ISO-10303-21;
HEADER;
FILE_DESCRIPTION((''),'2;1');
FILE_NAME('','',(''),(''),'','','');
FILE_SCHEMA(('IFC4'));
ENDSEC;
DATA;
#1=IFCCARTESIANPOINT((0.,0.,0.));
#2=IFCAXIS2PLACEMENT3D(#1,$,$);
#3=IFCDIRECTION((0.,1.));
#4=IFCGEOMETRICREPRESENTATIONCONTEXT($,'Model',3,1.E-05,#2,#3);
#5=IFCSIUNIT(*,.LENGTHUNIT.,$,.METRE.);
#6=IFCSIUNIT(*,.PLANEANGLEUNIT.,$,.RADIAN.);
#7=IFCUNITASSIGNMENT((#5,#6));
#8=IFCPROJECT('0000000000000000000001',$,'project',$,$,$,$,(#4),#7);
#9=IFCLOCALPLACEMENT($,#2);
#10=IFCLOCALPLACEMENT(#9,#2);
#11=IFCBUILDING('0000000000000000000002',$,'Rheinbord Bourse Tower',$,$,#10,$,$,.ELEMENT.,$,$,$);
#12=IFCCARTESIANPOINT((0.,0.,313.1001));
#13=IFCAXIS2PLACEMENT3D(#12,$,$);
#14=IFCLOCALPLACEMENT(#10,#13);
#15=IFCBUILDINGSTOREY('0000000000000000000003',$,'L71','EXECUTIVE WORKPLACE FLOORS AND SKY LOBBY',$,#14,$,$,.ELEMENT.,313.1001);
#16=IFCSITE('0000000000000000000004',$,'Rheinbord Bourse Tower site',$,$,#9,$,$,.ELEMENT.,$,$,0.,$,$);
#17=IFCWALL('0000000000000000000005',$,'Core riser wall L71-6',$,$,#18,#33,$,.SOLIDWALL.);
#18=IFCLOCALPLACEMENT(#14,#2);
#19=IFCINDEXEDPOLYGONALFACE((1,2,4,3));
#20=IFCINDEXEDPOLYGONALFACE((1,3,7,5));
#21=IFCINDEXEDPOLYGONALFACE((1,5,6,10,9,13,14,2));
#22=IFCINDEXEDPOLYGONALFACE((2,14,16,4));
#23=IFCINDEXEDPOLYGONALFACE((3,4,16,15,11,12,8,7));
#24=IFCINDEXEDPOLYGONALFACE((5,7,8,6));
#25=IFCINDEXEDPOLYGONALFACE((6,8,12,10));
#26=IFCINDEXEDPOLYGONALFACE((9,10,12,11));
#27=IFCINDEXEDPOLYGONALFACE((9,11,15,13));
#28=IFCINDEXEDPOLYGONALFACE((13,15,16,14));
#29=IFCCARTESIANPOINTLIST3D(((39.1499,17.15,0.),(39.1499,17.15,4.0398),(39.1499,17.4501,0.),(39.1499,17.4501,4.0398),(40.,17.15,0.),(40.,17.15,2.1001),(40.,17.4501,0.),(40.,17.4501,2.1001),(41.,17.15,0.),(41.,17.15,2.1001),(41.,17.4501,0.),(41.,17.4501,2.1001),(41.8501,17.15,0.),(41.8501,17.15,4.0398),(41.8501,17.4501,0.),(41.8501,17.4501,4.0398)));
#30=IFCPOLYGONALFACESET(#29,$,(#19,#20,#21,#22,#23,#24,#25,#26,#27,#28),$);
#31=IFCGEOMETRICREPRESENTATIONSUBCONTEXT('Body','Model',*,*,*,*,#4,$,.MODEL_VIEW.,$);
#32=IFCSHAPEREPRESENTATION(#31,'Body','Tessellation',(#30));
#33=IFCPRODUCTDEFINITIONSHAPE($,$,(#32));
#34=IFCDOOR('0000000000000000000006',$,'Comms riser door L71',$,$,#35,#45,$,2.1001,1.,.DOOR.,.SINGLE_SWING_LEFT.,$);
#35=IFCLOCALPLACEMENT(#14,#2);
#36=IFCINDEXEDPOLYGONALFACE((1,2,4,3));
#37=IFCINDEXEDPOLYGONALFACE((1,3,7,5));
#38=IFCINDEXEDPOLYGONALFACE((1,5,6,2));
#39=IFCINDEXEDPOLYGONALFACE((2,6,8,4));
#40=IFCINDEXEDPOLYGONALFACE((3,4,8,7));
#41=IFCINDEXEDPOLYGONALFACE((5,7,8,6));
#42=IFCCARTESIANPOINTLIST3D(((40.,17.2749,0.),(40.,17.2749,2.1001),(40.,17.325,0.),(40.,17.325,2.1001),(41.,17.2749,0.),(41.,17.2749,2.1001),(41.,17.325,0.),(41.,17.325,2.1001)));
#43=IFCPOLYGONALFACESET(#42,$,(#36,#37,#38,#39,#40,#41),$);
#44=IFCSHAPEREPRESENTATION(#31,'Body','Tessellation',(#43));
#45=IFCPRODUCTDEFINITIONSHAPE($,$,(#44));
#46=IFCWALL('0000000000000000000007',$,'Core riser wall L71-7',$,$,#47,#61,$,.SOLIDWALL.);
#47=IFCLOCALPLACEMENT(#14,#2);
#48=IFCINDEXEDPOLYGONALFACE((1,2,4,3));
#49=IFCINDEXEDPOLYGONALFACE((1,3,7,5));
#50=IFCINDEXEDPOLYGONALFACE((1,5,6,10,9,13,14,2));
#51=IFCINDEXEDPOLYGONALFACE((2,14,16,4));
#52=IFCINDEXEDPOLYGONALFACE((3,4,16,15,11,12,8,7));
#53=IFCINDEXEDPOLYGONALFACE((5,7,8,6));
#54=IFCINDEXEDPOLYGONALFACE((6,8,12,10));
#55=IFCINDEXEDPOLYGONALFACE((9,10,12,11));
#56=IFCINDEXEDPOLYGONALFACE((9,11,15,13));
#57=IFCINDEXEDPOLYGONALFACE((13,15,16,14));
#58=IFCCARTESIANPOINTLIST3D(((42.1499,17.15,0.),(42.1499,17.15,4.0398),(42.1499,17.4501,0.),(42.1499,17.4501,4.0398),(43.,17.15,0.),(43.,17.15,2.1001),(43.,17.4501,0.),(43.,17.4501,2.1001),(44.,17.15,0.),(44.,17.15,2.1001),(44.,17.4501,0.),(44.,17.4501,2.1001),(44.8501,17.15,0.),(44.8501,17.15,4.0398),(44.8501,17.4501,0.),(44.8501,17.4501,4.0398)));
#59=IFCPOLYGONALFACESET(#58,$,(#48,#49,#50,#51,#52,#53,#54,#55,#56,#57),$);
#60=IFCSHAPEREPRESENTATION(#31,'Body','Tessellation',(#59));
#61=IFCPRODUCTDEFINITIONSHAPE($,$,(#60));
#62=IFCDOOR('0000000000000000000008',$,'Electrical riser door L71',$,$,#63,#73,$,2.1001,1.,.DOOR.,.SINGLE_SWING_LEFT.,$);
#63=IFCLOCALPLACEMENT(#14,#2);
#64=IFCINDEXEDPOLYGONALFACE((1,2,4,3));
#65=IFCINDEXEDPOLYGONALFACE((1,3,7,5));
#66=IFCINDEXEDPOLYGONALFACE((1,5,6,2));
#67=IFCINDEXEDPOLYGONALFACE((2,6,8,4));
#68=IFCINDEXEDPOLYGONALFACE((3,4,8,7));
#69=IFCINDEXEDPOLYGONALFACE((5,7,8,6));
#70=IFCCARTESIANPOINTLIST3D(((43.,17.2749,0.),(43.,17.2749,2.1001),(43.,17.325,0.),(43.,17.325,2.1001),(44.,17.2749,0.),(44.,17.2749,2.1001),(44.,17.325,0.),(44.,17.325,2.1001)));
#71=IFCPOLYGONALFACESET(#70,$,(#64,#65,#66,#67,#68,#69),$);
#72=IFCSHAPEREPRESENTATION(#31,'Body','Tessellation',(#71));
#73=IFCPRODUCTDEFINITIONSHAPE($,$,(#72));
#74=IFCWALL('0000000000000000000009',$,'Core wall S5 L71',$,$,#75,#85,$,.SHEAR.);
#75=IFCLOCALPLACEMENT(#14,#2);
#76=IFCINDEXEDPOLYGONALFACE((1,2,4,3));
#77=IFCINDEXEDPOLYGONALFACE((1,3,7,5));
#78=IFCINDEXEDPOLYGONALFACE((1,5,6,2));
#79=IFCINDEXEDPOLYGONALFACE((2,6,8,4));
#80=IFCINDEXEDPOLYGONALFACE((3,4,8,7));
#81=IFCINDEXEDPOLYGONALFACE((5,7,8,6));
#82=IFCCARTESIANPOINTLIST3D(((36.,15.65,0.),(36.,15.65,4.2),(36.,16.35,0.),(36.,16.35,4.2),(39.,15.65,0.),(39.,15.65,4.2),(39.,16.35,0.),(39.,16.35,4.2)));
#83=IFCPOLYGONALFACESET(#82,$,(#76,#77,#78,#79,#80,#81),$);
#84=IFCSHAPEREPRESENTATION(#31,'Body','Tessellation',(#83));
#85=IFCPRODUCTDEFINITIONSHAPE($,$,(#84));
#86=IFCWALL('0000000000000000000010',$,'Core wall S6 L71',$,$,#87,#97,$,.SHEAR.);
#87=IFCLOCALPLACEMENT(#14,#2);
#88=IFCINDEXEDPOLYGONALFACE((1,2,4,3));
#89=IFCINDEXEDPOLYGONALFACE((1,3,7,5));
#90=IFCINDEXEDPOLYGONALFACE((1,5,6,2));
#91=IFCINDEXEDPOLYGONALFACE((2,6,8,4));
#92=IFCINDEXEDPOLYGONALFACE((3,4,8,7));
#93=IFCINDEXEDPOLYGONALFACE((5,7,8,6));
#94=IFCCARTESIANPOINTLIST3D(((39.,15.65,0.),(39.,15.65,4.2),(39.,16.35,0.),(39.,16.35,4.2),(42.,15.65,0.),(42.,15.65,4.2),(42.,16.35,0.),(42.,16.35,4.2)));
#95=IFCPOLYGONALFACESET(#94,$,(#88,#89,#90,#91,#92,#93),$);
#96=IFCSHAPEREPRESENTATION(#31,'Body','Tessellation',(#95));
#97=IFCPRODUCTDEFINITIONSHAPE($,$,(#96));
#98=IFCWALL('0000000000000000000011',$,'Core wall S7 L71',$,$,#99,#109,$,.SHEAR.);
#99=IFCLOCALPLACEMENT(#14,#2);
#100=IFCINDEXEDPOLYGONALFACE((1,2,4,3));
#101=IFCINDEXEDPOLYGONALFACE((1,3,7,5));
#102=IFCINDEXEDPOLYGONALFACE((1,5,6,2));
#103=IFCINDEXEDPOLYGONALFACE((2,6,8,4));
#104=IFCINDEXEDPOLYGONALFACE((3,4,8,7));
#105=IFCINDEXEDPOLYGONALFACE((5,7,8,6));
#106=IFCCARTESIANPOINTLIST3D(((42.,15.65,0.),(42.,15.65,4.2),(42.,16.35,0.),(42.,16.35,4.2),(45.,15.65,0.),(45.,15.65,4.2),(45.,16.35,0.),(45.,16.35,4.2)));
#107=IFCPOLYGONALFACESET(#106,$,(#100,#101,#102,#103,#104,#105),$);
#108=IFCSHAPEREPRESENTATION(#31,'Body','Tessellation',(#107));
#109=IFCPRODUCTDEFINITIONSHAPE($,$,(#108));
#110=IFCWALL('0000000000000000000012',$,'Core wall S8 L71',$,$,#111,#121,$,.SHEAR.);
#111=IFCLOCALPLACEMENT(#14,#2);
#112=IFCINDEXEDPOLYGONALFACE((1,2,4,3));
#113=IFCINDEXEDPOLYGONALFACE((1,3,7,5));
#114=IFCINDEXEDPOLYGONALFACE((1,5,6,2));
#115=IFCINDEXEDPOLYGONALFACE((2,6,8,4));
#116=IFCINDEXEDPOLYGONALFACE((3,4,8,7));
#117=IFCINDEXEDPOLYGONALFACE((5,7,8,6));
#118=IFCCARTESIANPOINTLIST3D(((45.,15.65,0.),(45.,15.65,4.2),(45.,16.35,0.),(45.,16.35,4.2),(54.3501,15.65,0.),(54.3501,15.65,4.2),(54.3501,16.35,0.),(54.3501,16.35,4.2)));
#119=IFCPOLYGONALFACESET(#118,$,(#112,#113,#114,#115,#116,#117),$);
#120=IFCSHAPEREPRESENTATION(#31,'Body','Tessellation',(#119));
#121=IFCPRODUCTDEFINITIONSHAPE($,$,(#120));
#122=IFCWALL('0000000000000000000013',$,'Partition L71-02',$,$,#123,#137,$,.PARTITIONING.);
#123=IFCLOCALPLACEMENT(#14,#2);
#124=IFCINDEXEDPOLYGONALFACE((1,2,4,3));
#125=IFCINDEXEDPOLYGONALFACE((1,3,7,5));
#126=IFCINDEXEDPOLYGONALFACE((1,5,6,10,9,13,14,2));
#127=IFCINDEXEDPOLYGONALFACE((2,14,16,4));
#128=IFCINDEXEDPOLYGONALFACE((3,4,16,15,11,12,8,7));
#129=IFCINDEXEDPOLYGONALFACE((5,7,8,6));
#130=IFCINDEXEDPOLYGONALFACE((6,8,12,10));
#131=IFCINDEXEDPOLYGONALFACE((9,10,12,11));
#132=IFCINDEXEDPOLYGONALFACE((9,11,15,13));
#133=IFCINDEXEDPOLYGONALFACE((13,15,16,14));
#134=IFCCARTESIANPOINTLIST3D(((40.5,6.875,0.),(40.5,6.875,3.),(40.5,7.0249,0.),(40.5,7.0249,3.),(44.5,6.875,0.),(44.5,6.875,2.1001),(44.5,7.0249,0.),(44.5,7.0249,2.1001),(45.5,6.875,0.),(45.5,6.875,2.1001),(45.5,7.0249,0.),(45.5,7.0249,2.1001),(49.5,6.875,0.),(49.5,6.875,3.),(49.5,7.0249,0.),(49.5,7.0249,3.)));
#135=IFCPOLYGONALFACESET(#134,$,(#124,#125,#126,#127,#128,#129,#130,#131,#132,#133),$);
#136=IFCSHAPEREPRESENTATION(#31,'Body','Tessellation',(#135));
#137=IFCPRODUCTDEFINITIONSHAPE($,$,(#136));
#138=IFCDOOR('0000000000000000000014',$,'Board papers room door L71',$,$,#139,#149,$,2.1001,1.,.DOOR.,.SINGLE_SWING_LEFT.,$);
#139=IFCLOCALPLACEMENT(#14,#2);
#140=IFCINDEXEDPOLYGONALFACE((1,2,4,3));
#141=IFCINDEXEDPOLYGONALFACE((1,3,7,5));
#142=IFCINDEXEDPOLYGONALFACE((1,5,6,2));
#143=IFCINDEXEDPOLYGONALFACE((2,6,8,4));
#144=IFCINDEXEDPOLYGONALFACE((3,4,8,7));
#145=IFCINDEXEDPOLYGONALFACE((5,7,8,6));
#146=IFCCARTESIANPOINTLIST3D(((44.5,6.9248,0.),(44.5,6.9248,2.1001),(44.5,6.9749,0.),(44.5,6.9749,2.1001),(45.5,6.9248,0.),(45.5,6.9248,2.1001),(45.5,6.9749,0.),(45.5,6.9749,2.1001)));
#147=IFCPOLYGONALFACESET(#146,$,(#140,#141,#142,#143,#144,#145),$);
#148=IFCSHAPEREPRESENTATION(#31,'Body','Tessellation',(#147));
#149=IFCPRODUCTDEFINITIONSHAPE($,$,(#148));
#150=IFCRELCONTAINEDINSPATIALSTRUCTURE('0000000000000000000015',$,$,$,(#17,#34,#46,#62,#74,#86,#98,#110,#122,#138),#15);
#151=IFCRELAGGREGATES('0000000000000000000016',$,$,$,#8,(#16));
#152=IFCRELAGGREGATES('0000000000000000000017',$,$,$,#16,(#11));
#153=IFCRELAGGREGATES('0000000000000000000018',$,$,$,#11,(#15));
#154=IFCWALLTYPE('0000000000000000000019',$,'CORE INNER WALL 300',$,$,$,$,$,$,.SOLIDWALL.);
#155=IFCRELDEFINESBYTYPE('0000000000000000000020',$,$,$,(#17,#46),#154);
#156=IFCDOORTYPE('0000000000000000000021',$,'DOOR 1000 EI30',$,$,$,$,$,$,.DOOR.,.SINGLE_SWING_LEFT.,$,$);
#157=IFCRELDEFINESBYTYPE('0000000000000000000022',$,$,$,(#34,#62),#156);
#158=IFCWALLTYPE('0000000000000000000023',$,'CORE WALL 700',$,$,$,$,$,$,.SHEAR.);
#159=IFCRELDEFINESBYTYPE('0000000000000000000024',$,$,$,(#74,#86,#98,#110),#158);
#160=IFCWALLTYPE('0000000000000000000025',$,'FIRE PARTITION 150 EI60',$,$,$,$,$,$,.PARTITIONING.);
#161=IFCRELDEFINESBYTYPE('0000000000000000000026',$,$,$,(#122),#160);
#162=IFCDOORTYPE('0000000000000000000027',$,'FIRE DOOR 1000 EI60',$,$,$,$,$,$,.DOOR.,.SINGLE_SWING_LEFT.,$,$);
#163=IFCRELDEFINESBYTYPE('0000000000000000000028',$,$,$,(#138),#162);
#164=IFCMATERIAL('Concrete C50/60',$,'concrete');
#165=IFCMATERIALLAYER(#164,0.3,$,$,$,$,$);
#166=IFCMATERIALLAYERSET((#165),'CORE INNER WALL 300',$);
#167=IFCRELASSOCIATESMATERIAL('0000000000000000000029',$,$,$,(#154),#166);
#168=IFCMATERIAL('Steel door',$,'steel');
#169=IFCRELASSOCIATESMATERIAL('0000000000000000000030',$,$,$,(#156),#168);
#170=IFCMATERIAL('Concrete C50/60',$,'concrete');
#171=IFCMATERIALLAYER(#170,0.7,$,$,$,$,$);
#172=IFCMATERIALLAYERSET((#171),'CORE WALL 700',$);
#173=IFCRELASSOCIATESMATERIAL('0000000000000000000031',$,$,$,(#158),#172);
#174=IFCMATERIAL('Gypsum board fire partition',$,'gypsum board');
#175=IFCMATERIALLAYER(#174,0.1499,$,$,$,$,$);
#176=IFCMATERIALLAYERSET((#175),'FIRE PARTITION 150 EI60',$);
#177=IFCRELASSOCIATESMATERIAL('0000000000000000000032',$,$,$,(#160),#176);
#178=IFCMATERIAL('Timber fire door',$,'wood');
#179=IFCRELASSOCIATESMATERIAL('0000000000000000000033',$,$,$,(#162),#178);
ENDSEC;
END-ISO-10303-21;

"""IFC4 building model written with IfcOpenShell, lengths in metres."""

from ifc_helpers import new_model, si_unit, direction, frame, frame_2d, origin, place, context, subcontext, project, spatial, rectangle, extrude, material, layer, layer_set, type_object, element, fill, save


model = new_model("IFC4")

# Units and contexts
model_context = context("Model", 3, precision=1e-05, world=origin(), true_north=direction((0.0, 1.0)))
body_context = subcontext(model_context, "Body", "Model", "MODEL_VIEW")
ifc_project = project(units=[si_unit("LENGTHUNIT", "METRE"), si_unit("PLANEANGLEUNIT", "RADIAN")], contexts=[model_context])

# Site, building, storey
site_placement = place(None, origin())
site = spatial("IfcSite", under=ifc_project, at=site_placement, Name="Rheinbord Bourse Tower site", CompositionType="ELEMENT", RefElevation=0.0)
building_placement = place(site_placement, origin())
building = spatial("IfcBuilding", under=site, at=building_placement, Name="Rheinbord Bourse Tower", CompositionType="ELEMENT")
storey_placement = place(building_placement, frame((0.0, 0.0, 313.1001)))
storey = spatial("IfcBuildingStorey", under=building, at=storey_placement, Name="L71", Description="EXECUTIVE WORKPLACE FLOORS AND SKY LOBBY", CompositionType="ELEMENT", Elevation=313.1001)

# Shared definitions
ifc_material_1 = material(Name="Concrete C50/60", Category="concrete")
ifc_layer_1 = layer(ifc_material_1, 0.3)
ifc_layer_set_1 = layer_set([ifc_layer_1], Name="CORE INNER WALL 300")
wall_type_1 = type_object("IfcWallType", Name="CORE INNER WALL 300", PredefinedType="SOLIDWALL", material=ifc_layer_set_1)
ifc_material_2 = material(Name="Steel door", Category="steel")
door_type_1 = type_object("IfcDoorType", Name="DOOR 1000 EI30", OperationType="SINGLE_SWING_LEFT", PredefinedType="DOOR", material=ifc_material_2)

# Walls, openings, doors
wall_1_placement = place(storey_placement, frame((39.1499, 17.3, 0.0), z_axis=(0.0, 0.0, 1.0), x_axis=(1.0, 0.0, 0.0)))
wall_1 = element("IfcWall", 1, at=wall_1_placement, inside=storey, type_object=wall_type_1, Name="Core riser wall L71-6", PredefinedType="SOLIDWALL", context=body_context, shape_type="SweptSolid", body=[
    extrude(rectangle(XDim=2.7002, YDim=0.3, at=frame_2d((1.3501, 0.0))), origin(), (0.0, 0.0, 1.0), 4.0398),
])
opening_1_placement = place(wall_1_placement, frame((0.8501, 0.0, 0.0)))
opening_1 = element("IfcOpeningElement", 2, at=opening_1_placement, cuts=wall_1, PredefinedType="OPENING", context=body_context, shape_type="SweptSolid", body=[
    extrude(rectangle(XDim=1.0, YDim=2.1001, at=frame_2d((0.5, 1.05))), frame((0.0, 0.1599, 0.0), z_axis=(0.0, -1.0, 0.0), x_axis=(1.0, 0.0, 0.0)), (0.0, 0.0, 1.0), 0.3201),
])
door_1_placement = place(opening_1_placement, origin())
door_1 = element("IfcDoor", 3, at=door_1_placement, inside=storey, type_object=door_type_1, Name="Comms riser door L71", OperationType="SINGLE_SWING_LEFT", OverallHeight=2.1001, OverallWidth=1.0, PredefinedType="DOOR", context=body_context, shape_type="SweptSolid", body=[
    extrude(rectangle(XDim=1.0, YDim=2.1001, at=frame_2d((0.5, 1.05))), frame((0.0, 0.0249, 0.0), z_axis=(0.0, -1.0, 0.0), x_axis=(1.0, 0.0, 0.0)), (0.0, 0.0, 1.0), 0.05),
])
fill(opening_1, door_1)
wall_2_placement = place(storey_placement, frame((42.1499, 17.3, 0.0), z_axis=(0.0, 0.0, 1.0), x_axis=(1.0, 0.0, 0.0)))
wall_2 = element("IfcWall", 4, at=wall_2_placement, inside=storey, type_object=wall_type_1, Name="Core riser wall L71-7", PredefinedType="SOLIDWALL", context=body_context, shape_type="SweptSolid", body=[
    extrude(rectangle(XDim=2.7002, YDim=0.3, at=frame_2d((1.3501, 0.0))), origin(), (0.0, 0.0, 1.0), 4.0398),
])
opening_2_placement = place(wall_2_placement, frame((0.8501, 0.0, 0.0)))
opening_2 = element("IfcOpeningElement", 5, at=opening_2_placement, cuts=wall_2, PredefinedType="OPENING", context=body_context, shape_type="SweptSolid", body=[
    extrude(rectangle(XDim=1.0, YDim=2.1001, at=frame_2d((0.5, 1.05))), frame((0.0, 0.1599, 0.0), z_axis=(0.0, -1.0, 0.0), x_axis=(1.0, 0.0, 0.0)), (0.0, 0.0, 1.0), 0.3201),
])
door_2_placement = place(opening_2_placement, origin())
door_2 = element("IfcDoor", 6, at=door_2_placement, inside=storey, type_object=door_type_1, Name="Electrical riser door L71", OperationType="SINGLE_SWING_LEFT", OverallHeight=2.1001, OverallWidth=1.0, PredefinedType="DOOR", context=body_context, shape_type="SweptSolid", body=[
    extrude(rectangle(XDim=1.0, YDim=2.1001, at=frame_2d((0.5, 1.05))), frame((0.0, 0.0249, 0.0), z_axis=(0.0, -1.0, 0.0), x_axis=(1.0, 0.0, 0.0)), (0.0, 0.0, 1.0), 0.05),
])
fill(opening_2, door_2)

# Walls
ifc_material_3 = material(Name="Concrete C50/60", Category="concrete")
ifc_layer_2 = layer(ifc_material_3, 0.7)
ifc_layer_set_2 = layer_set([ifc_layer_2], Name="CORE WALL 700")
wall_type_2 = type_object("IfcWallType", Name="CORE WALL 700", PredefinedType="SHEAR", material=ifc_layer_set_2)
for number, where, z_axis, x_axis, name in (
    (7, (36.0, 16.0, 0.0), (0.0, 0.0, 1.0), (1.0, 0.0, 0.0), "Core wall S5 L71"),
    (8, (39.0, 16.0, 0.0), (0.0, 0.0, 1.0), (1.0, 0.0, 0.0), "Core wall S6 L71"),
    (9, (42.0, 16.0, 0.0), (0.0, 0.0, 1.0), (1.0, 0.0, 0.0), "Core wall S7 L71"),
):
    element("IfcWall", number, at=place(storey_placement, frame(where, z_axis=z_axis, x_axis=x_axis)), inside=storey, type_object=wall_type_2, Name=name, PredefinedType="SHEAR", context=body_context, shape_type="SweptSolid", body=[
        extrude(rectangle(XDim=3.0, YDim=0.7, at=frame_2d((1.5, 0.0))), origin(), (0.0, 0.0, 1.0), 4.2),
    ])
wall_3_placement = place(storey_placement, frame((45.0, 16.0, 0.0), z_axis=(0.0, 0.0, 1.0), x_axis=(1.0, 0.0, 0.0)))
element("IfcWall", 10, at=wall_3_placement, inside=storey, type_object=wall_type_2, Name="Core wall S8 L71", PredefinedType="SHEAR", context=body_context, shape_type="SweptSolid", body=[
    extrude(rectangle(XDim=9.3501, YDim=0.7, at=frame_2d((4.675, 0.0))), origin(), (0.0, 0.0, 1.0), 4.2),
])

# Wall, opening, door
ifc_material_4 = material(Name="Gypsum board fire partition", Category="gypsum board")
ifc_layer_3 = layer(ifc_material_4, 0.1499)
ifc_layer_set_3 = layer_set([ifc_layer_3], Name="FIRE PARTITION 150 EI60")
wall_type_3 = type_object("IfcWallType", Name="FIRE PARTITION 150 EI60", PredefinedType="PARTITIONING", material=ifc_layer_set_3)
wall_4_placement = place(storey_placement, frame((40.5, 6.95, 0.0), z_axis=(0.0, 0.0, 1.0), x_axis=(1.0, 0.0, 0.0)))
wall_4 = element("IfcWall", 11, at=wall_4_placement, inside=storey, type_object=wall_type_3, Name="Partition L71-02", PredefinedType="PARTITIONING", context=body_context, shape_type="SweptSolid", body=[
    extrude(rectangle(XDim=9.0, YDim=0.1499, at=frame_2d((4.5, 0.0))), origin(), (0.0, 0.0, 1.0), 3.0),
])
opening_3_placement = place(wall_4_placement, frame((4.0, 0.0, 0.0)))
opening_3 = element("IfcOpeningElement", 12, at=opening_3_placement, cuts=wall_4, PredefinedType="OPENING", context=body_context, shape_type="SweptSolid", body=[
    extrude(rectangle(XDim=1.0, YDim=2.1001, at=frame_2d((0.5, 1.05))), frame((0.0, 0.085, 0.0), z_axis=(0.0, -1.0, 0.0), x_axis=(1.0, 0.0, 0.0)), (0.0, 0.0, 1.0), 0.1699),
])
ifc_material_5 = material(Name="Timber fire door", Category="wood")
door_type_2 = type_object("IfcDoorType", Name="FIRE DOOR 1000 EI60", OperationType="SINGLE_SWING_LEFT", PredefinedType="DOOR", material=ifc_material_5)
door_3_placement = place(opening_3_placement, origin())
door_3 = element("IfcDoor", 13, at=door_3_placement, inside=storey, type_object=door_type_2, Name="Board papers room door L71", OperationType="SINGLE_SWING_LEFT", OverallHeight=2.1001, OverallWidth=1.0, PredefinedType="DOOR", context=body_context, shape_type="SweptSolid", body=[
    extrude(rectangle(XDim=1.0, YDim=2.1001, at=frame_2d((0.5, 1.05))), frame((0.0, 0.0249, 0.0), z_axis=(0.0, -1.0, 0.0), x_axis=(1.0, 0.0, 0.0)), (0.0, 0.0, 1.0), 0.05),
])
fill(opening_3, door_3)

save(model, "model.ifc")
